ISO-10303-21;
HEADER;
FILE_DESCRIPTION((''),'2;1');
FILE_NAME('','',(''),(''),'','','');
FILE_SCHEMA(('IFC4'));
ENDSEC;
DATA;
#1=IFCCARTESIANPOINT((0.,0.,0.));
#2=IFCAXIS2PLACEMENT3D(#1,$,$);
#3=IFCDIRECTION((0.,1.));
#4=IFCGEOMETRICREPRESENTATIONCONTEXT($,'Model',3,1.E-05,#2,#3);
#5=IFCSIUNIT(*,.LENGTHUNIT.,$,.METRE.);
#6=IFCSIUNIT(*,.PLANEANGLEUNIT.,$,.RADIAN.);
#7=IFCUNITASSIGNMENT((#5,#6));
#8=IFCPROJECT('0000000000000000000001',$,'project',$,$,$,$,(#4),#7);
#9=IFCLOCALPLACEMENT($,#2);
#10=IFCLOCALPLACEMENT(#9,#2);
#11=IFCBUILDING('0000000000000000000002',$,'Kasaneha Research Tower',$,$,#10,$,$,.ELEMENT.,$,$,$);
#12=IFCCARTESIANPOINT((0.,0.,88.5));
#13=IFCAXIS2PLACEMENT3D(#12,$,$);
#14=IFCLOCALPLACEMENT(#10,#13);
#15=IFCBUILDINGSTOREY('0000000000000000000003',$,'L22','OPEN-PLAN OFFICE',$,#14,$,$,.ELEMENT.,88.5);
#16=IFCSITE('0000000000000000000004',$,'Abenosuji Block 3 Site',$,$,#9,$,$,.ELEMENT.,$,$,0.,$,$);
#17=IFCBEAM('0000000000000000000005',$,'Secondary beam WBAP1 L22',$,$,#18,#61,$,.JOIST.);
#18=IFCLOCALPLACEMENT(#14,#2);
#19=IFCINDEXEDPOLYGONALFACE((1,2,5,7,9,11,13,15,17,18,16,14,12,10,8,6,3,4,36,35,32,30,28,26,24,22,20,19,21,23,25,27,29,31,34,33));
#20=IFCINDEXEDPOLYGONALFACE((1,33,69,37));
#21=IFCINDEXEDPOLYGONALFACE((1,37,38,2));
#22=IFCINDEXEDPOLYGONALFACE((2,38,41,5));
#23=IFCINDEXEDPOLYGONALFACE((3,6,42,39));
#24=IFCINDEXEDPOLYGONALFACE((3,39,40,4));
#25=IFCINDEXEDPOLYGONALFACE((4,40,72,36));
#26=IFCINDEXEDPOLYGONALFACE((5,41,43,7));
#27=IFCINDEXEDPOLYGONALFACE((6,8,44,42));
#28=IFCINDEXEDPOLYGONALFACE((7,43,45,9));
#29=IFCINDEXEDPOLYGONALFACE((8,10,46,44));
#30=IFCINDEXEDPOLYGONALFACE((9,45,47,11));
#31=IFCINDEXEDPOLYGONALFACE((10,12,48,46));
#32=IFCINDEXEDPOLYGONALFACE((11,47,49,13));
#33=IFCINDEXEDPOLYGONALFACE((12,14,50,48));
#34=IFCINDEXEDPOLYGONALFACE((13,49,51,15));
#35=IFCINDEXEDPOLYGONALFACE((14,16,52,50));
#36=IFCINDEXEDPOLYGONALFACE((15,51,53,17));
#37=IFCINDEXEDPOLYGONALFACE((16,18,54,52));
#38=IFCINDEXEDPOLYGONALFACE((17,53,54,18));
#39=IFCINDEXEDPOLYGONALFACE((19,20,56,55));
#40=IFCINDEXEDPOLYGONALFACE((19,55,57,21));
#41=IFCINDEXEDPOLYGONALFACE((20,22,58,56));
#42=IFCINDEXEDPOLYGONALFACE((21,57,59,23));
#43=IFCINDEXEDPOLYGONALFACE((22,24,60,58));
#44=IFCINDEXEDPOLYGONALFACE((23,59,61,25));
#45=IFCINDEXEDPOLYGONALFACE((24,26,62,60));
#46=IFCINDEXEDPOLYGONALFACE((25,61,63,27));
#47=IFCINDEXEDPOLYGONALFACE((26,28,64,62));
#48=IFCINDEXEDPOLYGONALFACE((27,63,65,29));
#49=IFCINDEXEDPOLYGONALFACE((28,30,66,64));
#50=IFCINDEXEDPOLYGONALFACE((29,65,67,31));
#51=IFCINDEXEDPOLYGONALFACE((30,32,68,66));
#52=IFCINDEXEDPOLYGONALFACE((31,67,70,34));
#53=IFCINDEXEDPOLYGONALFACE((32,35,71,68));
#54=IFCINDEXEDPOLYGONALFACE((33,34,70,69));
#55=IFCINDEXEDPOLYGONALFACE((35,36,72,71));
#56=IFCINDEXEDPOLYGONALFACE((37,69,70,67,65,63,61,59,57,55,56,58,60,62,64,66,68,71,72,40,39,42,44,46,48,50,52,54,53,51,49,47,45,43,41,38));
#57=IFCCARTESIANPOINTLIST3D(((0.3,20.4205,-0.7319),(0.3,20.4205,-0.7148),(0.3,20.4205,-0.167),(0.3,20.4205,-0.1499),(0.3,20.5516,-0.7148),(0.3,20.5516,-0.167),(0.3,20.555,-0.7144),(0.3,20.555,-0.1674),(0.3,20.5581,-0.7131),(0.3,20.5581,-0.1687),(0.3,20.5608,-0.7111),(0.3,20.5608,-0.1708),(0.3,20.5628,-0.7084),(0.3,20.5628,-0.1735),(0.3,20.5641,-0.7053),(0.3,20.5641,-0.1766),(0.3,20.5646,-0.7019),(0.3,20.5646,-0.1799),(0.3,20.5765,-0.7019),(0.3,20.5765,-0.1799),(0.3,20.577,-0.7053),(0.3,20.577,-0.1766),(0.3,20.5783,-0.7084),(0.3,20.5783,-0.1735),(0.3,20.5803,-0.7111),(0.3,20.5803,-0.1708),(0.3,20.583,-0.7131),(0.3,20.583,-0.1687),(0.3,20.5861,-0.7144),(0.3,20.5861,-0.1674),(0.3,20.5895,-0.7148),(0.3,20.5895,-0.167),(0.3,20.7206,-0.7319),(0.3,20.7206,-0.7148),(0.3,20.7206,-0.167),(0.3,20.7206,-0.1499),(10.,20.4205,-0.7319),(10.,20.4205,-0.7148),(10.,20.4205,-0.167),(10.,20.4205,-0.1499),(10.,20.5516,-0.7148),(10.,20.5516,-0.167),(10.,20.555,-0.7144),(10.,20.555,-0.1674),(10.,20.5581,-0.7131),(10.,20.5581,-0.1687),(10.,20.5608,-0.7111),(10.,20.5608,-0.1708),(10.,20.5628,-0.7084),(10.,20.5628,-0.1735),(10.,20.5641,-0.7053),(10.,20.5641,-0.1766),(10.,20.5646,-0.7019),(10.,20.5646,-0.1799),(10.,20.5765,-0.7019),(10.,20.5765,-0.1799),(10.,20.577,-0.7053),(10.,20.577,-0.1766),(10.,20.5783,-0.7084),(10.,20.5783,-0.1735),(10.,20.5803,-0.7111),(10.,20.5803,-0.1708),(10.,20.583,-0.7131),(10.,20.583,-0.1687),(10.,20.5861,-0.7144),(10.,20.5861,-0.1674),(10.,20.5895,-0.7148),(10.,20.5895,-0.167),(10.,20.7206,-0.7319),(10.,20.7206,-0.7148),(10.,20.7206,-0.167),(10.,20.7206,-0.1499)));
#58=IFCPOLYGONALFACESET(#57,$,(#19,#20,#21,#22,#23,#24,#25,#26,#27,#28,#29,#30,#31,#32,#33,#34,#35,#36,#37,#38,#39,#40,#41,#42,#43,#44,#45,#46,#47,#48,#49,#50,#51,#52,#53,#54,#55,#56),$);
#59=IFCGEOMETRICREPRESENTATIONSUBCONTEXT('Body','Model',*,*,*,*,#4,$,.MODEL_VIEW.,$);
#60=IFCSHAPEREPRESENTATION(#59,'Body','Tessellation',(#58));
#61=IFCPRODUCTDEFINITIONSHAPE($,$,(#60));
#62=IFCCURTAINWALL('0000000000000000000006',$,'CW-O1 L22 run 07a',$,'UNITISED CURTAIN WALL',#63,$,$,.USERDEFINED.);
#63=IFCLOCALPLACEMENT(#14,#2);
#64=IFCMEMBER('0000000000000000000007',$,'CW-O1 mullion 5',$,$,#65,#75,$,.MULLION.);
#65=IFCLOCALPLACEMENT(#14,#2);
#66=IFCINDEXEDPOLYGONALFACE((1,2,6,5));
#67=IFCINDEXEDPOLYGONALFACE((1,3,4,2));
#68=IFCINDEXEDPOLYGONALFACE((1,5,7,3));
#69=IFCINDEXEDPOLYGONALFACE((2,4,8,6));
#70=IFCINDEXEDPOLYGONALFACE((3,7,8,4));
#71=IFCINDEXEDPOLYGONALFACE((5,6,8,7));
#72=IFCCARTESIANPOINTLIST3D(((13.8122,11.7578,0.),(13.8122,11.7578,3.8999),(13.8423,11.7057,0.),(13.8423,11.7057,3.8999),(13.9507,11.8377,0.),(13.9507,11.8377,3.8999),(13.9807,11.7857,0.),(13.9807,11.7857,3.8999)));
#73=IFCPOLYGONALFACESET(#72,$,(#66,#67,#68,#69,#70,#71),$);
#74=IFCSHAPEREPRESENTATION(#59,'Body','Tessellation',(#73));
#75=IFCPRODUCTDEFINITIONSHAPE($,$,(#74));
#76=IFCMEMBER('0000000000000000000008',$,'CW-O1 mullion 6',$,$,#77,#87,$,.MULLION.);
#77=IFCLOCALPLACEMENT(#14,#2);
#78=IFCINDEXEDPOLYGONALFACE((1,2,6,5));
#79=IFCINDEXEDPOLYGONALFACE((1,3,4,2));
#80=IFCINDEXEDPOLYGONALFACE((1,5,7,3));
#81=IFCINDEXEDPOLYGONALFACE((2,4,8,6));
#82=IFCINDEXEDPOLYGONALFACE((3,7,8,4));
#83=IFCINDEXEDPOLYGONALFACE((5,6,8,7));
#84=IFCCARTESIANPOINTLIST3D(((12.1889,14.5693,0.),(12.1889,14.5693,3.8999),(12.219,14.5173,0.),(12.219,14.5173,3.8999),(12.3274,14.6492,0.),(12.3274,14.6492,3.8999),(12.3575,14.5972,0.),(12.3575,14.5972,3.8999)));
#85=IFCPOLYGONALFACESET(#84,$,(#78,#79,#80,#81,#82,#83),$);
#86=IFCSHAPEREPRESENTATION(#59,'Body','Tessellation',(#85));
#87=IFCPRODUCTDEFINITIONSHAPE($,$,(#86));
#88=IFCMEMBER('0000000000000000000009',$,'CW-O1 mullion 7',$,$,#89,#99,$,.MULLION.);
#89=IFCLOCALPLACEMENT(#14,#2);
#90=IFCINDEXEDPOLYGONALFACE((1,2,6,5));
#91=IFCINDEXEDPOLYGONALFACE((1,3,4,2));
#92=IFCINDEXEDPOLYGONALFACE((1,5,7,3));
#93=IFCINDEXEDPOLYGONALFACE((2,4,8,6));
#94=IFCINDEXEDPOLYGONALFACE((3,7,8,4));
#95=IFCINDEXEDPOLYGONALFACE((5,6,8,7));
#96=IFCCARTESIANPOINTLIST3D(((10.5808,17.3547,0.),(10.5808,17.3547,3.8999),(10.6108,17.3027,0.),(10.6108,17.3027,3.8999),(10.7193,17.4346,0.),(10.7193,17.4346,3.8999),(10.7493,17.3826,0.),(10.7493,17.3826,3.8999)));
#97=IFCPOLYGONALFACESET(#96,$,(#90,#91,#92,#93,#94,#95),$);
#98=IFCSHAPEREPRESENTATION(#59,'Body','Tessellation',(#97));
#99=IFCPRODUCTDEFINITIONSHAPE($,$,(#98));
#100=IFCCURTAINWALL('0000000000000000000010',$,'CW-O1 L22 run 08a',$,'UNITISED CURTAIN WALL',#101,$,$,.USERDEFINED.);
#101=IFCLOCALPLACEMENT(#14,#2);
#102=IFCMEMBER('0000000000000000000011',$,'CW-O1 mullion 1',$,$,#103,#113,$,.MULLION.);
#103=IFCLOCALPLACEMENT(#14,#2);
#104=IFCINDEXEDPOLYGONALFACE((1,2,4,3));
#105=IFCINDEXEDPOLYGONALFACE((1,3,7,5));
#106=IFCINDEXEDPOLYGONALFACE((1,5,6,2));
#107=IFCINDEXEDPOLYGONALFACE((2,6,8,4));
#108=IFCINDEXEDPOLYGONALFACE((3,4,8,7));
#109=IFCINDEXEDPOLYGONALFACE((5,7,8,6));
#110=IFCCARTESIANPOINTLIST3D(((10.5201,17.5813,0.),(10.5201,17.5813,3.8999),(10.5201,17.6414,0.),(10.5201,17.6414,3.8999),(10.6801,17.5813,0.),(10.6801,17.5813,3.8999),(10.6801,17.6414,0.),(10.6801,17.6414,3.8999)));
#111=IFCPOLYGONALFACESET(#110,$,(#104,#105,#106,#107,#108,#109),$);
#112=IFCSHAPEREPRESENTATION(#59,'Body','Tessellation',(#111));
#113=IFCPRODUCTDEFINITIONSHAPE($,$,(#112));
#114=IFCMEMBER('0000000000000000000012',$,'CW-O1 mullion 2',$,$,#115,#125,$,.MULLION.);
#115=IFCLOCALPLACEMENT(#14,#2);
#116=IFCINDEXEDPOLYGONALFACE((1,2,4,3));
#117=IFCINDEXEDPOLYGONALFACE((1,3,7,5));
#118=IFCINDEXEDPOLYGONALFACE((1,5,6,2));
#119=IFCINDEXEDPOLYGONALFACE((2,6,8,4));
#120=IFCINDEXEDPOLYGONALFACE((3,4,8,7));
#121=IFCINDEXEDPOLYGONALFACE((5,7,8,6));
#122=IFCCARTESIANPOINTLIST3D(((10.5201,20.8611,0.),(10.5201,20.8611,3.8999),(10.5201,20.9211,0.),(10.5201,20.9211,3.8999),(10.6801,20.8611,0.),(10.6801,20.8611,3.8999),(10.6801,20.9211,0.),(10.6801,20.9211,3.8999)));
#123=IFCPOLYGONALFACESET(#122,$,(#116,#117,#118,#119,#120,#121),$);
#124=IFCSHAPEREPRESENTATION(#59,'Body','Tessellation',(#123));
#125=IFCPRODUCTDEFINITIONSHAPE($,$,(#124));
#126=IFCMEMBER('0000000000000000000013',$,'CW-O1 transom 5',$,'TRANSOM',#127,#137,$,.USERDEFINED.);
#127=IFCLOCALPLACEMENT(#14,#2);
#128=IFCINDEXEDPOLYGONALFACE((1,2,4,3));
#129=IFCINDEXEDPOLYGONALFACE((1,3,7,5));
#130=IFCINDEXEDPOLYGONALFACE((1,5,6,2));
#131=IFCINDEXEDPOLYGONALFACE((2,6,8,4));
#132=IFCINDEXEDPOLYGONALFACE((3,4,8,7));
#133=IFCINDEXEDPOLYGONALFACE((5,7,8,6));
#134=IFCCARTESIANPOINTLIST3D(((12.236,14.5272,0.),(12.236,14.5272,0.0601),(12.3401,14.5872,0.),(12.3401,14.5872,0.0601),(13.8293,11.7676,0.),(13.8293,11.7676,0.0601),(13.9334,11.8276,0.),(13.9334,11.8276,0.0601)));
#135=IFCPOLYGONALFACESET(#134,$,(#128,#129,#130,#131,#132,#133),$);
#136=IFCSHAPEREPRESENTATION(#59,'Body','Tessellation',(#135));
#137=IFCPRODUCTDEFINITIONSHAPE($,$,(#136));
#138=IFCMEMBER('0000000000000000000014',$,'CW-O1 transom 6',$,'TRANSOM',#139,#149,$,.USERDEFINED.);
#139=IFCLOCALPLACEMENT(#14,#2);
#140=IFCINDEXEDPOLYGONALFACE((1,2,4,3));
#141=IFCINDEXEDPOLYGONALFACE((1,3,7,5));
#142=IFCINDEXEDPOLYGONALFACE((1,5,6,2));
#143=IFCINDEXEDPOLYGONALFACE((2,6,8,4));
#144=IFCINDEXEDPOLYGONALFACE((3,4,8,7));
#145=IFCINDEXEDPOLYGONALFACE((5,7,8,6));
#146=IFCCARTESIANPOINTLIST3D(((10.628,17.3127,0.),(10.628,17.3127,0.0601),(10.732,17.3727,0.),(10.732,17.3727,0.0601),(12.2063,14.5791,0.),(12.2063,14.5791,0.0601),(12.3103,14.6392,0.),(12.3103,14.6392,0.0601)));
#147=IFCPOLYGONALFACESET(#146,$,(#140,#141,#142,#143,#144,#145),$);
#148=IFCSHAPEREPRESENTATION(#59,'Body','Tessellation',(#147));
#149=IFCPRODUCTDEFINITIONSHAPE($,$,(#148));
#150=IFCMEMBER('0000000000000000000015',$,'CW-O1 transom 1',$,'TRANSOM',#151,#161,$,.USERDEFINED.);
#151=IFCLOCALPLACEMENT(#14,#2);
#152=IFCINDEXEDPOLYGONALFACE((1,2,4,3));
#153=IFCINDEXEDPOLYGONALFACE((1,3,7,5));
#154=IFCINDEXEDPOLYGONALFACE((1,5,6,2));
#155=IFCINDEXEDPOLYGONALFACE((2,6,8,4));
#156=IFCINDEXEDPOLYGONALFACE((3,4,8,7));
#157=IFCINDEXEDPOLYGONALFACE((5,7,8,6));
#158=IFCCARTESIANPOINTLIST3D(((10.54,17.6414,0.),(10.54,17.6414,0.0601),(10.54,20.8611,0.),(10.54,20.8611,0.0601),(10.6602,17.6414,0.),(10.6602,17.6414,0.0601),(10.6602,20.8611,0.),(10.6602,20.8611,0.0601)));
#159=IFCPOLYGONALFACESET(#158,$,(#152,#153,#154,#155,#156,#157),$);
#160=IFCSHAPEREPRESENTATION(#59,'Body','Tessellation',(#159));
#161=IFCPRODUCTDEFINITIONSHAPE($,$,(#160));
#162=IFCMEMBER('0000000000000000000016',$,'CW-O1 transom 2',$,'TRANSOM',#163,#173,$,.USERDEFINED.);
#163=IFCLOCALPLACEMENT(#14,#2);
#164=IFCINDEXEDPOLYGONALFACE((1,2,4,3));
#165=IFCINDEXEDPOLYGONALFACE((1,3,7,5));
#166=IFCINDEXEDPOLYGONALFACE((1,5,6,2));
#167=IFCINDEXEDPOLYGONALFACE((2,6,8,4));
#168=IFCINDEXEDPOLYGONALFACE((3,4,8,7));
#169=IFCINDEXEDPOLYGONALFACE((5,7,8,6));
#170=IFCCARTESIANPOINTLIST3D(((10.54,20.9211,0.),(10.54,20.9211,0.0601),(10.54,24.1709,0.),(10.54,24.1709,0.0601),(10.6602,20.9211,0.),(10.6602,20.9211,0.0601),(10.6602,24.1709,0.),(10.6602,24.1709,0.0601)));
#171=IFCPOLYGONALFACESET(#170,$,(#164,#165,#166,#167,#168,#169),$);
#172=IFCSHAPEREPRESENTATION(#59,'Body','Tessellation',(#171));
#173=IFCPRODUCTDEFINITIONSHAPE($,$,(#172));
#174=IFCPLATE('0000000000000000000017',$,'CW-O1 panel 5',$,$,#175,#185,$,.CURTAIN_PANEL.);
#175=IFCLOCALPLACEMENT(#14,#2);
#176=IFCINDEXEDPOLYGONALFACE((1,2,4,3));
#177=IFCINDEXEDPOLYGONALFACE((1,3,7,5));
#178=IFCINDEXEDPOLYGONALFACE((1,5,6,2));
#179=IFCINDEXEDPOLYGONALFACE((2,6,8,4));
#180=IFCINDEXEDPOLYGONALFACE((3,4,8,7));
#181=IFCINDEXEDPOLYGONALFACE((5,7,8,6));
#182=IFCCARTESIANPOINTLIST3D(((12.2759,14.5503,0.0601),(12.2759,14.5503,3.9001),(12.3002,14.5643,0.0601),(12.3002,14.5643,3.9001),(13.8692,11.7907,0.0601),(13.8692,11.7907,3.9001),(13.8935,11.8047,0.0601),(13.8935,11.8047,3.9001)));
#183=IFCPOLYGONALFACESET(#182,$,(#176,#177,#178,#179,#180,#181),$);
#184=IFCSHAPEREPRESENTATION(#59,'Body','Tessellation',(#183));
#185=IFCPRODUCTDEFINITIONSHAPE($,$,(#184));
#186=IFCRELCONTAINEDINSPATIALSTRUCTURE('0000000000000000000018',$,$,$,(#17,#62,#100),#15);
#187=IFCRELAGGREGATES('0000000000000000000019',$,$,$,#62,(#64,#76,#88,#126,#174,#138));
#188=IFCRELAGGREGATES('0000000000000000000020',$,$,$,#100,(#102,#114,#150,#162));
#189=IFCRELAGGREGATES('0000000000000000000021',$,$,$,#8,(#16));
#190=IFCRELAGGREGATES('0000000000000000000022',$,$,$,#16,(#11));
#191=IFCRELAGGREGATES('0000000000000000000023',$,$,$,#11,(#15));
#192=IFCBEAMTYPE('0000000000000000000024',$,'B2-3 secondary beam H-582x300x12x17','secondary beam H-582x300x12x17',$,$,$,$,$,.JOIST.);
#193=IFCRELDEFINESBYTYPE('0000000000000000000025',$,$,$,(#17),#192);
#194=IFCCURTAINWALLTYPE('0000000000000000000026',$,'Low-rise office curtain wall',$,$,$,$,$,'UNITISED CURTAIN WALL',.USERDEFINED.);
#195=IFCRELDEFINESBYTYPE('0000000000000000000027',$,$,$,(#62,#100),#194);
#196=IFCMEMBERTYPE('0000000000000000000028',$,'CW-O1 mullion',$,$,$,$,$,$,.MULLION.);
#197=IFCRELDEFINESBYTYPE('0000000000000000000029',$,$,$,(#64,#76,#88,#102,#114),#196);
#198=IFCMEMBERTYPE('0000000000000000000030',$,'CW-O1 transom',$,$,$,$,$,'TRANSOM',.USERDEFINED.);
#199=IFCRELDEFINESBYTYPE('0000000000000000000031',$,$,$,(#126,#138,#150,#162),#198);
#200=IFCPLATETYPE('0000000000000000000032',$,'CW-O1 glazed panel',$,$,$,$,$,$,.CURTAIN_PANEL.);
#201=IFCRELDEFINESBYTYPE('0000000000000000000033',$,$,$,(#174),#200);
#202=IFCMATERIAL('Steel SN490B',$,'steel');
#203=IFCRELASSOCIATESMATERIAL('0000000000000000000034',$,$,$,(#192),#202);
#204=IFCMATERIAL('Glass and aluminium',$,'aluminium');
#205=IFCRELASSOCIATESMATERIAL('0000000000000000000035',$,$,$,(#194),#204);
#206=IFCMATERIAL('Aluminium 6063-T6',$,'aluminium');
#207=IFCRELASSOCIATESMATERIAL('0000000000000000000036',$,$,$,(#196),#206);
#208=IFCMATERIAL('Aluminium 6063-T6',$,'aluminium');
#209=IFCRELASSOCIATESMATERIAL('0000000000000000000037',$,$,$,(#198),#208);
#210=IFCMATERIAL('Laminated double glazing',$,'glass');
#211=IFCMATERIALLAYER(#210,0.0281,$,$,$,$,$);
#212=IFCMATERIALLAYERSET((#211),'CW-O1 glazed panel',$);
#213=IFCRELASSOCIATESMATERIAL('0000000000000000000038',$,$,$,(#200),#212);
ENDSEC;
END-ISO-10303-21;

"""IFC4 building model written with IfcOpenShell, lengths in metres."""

from ifc_helpers import new_model, si_unit, direction, frame, origin, origin_2d, place, context, subcontext, project, spatial, rectangle, i_section, extrude, material, layer, layer_set, material_profile, profile_set, type_object, element, aggregate, save


model = new_model("IFC4")

# Units and contexts
model_context = context("Model", 3, precision=1e-05, world=origin(), true_north=direction((0.0, 1.0)))
body_context = subcontext(model_context, "Body", "Model", "MODEL_VIEW")
ifc_project = project(units=[si_unit("LENGTHUNIT", "METRE"), si_unit("PLANEANGLEUNIT", "RADIAN")], contexts=[model_context])

# Site, building, storey
site_placement = place(None, origin())
site = spatial("IfcSite", under=ifc_project, at=site_placement, Name="Abenosuji Block 3 Site", CompositionType="ELEMENT", RefElevation=0.0)
building_placement = place(site_placement, origin())
building = spatial("IfcBuilding", under=site, at=building_placement, Name="Kasaneha Research Tower", CompositionType="ELEMENT")
storey_placement = place(building_placement, frame((0.0, 0.0, 88.5)))
storey = spatial("IfcBuildingStorey", under=building, at=storey_placement, Name="L22", Description="OPEN-PLAN OFFICE", CompositionType="ELEMENT", Elevation=88.5)

# Beam
ifc_material_1 = material(Name="Steel SN490B", Category="steel")
ifc_material_profile_1 = material_profile(ifc_material_1, i_section(OverallWidth=0.3, OverallDepth=0.582, WebThickness=0.012, FlangeThickness=0.0171, FilletRadius=0.0129, at=origin_2d()), Name="H-582x300x12x17")
ifc_profile_set_1 = profile_set([ifc_material_profile_1], Name="Steel SN490B")
beam_type = type_object("IfcBeamType", Name="B2-3 secondary beam H-582x300x12x17", Description="secondary beam H-582x300x12x17", PredefinedType="JOIST", material=ifc_profile_set_1)
beam_placement = place(storey_placement, frame((10.0, 20.5706, -0.4409), z_axis=(-1.0, 0.0, 0.0), x_axis=(0.0, -1.0, 0.0)))
element("IfcBeam", 1, at=beam_placement, inside=storey, type_object=beam_type, Name="Secondary beam WBAP1 L22", PredefinedType="JOIST", context=body_context, shape_type="SweptSolid", body=[
    extrude(i_section(OverallWidth=0.3, OverallDepth=0.582, WebThickness=0.012, FlangeThickness=0.0171, FilletRadius=0.0129, at=origin_2d()), origin(), (0.0, 0.0, 1.0), 9.7),
])

# Curtain walls, members
ifc_material_2 = material(Name="Glass and aluminium", Category="aluminium")
curtain_wall_type = type_object("IfcCurtainWallType", Name="Low-rise office curtain wall", ElementType="UNITISED CURTAIN WALL", PredefinedType="USERDEFINED", material=ifc_material_2)
curtain_wall_1_placement = place(storey_placement, origin())
curtain_wall_1 = element("IfcCurtainWall", 2, at=curtain_wall_1_placement, inside=storey, type_object=curtain_wall_type, Name="CW-O1 L22 run 07a", ObjectType="UNITISED CURTAIN WALL", PredefinedType="USERDEFINED")
ifc_material_3 = material(Name="Aluminium 6063-T6", Category="aluminium")
ifc_material_profile_2 = material_profile(ifc_material_3, rectangle(XDim=0.0601, YDim=0.1599, at=origin_2d()), Name="CW-O1 mullion 60x160")
ifc_profile_set_2 = profile_set([ifc_material_profile_2], Name="Aluminium 6063-T6")
member_type_1 = type_object("IfcMemberType", Name="CW-O1 mullion", PredefinedType="MULLION", material=ifc_profile_set_2)
member_1_placement = place(storey_placement, frame((13.8965, 11.7717, 0.0), z_axis=(0.0, 0.0, 1.0), x_axis=(-0.5, 0.866025, 0.0)))
member_1 = element("IfcMember", 3, at=member_1_placement, type_object=member_type_1, Name="CW-O1 mullion 5", PredefinedType="MULLION", context=body_context, shape_type="SweptSolid", body=[
    extrude(rectangle(XDim=0.0601, YDim=0.1599, at=origin_2d()), origin(), (0.0, 0.0, 1.0), 3.8999),
])
member_2_placement = place(storey_placement, frame((12.2732, 14.5833, 0.0), z_axis=(0.0, 0.0, 1.0), x_axis=(-0.5, 0.866025, 0.0)))
member_2 = element("IfcMember", 4, at=member_2_placement, type_object=member_type_1, Name="CW-O1 mullion 6", PredefinedType="MULLION", context=body_context, shape_type="SweptSolid", body=[
    extrude(rectangle(XDim=0.0601, YDim=0.1599, at=origin_2d()), origin(), (0.0, 0.0, 1.0), 3.8999),
])
member_3_placement = place(storey_placement, frame((10.665, 17.3687, 0.0), z_axis=(0.0, 0.0, 1.0), x_axis=(-0.5, 0.866025, 0.0)))
member_3 = element("IfcMember", 5, at=member_3_placement, type_object=member_type_1, Name="CW-O1 mullion 7", PredefinedType="MULLION", context=body_context, shape_type="SweptSolid", body=[
    extrude(rectangle(XDim=0.0601, YDim=0.1599, at=origin_2d()), origin(), (0.0, 0.0, 1.0), 3.8999),
])
curtain_wall_2_placement = place(storey_placement, origin())
curtain_wall_2 = element("IfcCurtainWall", 6, at=curtain_wall_2_placement, inside=storey, type_object=curtain_wall_type, Name="CW-O1 L22 run 08a", ObjectType="UNITISED CURTAIN WALL", PredefinedType="USERDEFINED")
member_4_placement = place(storey_placement, frame((10.6001, 17.6113, 0.0), z_axis=(0.0, 0.0, 1.0), x_axis=(0.0, 1.0, 0.0)))
member_4 = element("IfcMember", 7, at=member_4_placement, type_object=member_type_1, Name="CW-O1 mullion 1", PredefinedType="MULLION", context=body_context, shape_type="SweptSolid", body=[
    extrude(rectangle(XDim=0.0601, YDim=0.1599, at=origin_2d()), origin(), (0.0, 0.0, 1.0), 3.8999),
])
member_5_placement = place(storey_placement, frame((10.6001, 20.8911, 0.0), z_axis=(0.0, 0.0, 1.0), x_axis=(0.0, 1.0, 0.0)))
member_5 = element("IfcMember", 8, at=member_5_placement, type_object=member_type_1, Name="CW-O1 mullion 2", PredefinedType="MULLION", context=body_context, shape_type="SweptSolid", body=[
    extrude(rectangle(XDim=0.0601, YDim=0.1599, at=origin_2d()), origin(), (0.0, 0.0, 1.0), 3.8999),
])

# Members
ifc_material_4 = material(Name="Aluminium 6063-T6", Category="aluminium")
ifc_material_profile_3 = material_profile(ifc_material_4, rectangle(XDim=0.1201, YDim=0.0601, at=origin_2d()), Name="CW-O1 transom 120x60")
ifc_profile_set_3 = profile_set([ifc_material_profile_3], Name="Aluminium 6063-T6")
member_type_2 = type_object("IfcMemberType", Name="CW-O1 transom", ElementType="TRANSOM", PredefinedType="USERDEFINED", material=ifc_profile_set_3)
member_6_placement = place(storey_placement, frame((13.8813, 11.7976, 0.03), z_axis=(-0.500012, 0.866018, 0.0), x_axis=(-0.866018, -0.500012, 0.0)))
member_6 = element("IfcMember", 9, at=member_6_placement, type_object=member_type_2, Name="CW-O1 transom 5", ObjectType="TRANSOM", PredefinedType="USERDEFINED", context=body_context, shape_type="SweptSolid", body=[
    extrude(rectangle(XDim=0.1201, YDim=0.0601, at=origin_2d()), origin(), (0.0, 0.0, 1.0), 3.1865),
])
member_7_placement = place(storey_placement, frame((12.2583, 14.6091, 0.03), z_axis=(-0.500024, 0.866012, 0.0), x_axis=(-0.866012, -0.500024, 0.0)))
member_7 = element("IfcMember", 10, at=member_7_placement, type_object=member_type_2, Name="CW-O1 transom 6", ObjectType="TRANSOM", PredefinedType="USERDEFINED", context=body_context, shape_type="SweptSolid", body=[
    extrude(rectangle(XDim=0.1201, YDim=0.0601, at=origin_2d()), origin(), (0.0, 0.0, 1.0), 3.1565),
])
member_8_placement = place(storey_placement, frame((10.6001, 17.6414, 0.03), z_axis=(0.0, 1.0, 0.0), x_axis=(-1.0, 0.0, 0.0)))
member_8 = element("IfcMember", 11, at=member_8_placement, type_object=member_type_2, Name="CW-O1 transom 1", ObjectType="TRANSOM", PredefinedType="USERDEFINED", context=body_context, shape_type="SweptSolid", body=[
    extrude(rectangle(XDim=0.1201, YDim=0.0601, at=origin_2d()), origin(), (0.0, 0.0, 1.0), 3.2197),
])
member_9_placement = place(storey_placement, frame((10.6001, 20.9211, 0.03), z_axis=(0.0, 1.0, 0.0), x_axis=(-1.0, 0.0, 0.0)))
member_9 = element("IfcMember", 12, at=member_9_placement, type_object=member_type_2, Name="CW-O1 transom 2", ObjectType="TRANSOM", PredefinedType="USERDEFINED", context=body_context, shape_type="SweptSolid", body=[
    extrude(rectangle(XDim=0.1201, YDim=0.0601, at=origin_2d()), origin(), (0.0, 0.0, 1.0), 3.2498),
])

# Plate
ifc_material_5 = material(Name="Laminated double glazing", Category="glass")
ifc_layer_1 = layer(ifc_material_5, 0.0281)
ifc_layer_set_1 = layer_set([ifc_layer_1], Name="CW-O1 glazed panel")
plate_type = type_object("IfcPlateType", Name="CW-O1 glazed panel", PredefinedType="CURTAIN_PANEL", material=ifc_layer_set_1)
plate_1_placement = place(storey_placement, frame((13.0847, 13.1775, 0.0601), z_axis=(0.0, 0.0, 1.0), x_axis=(-0.5, 0.866025, 0.0)))
plate_1 = element("IfcPlate", 13, at=plate_1_placement, type_object=plate_type, Name="CW-O1 panel 5", PredefinedType="CURTAIN_PANEL", context=body_context, shape_type="SweptSolid", body=[
    extrude(rectangle(XDim=3.1865, YDim=0.0281, at=origin_2d()), origin(), (0.0, 0.0, 1.0), 3.8401),
])
aggregate(curtain_wall_1, [member_1, member_2, member_3, member_6, plate_1, member_7])
aggregate(curtain_wall_2, [member_4, member_5, member_8, member_9])

save(model, "model.ifc")
